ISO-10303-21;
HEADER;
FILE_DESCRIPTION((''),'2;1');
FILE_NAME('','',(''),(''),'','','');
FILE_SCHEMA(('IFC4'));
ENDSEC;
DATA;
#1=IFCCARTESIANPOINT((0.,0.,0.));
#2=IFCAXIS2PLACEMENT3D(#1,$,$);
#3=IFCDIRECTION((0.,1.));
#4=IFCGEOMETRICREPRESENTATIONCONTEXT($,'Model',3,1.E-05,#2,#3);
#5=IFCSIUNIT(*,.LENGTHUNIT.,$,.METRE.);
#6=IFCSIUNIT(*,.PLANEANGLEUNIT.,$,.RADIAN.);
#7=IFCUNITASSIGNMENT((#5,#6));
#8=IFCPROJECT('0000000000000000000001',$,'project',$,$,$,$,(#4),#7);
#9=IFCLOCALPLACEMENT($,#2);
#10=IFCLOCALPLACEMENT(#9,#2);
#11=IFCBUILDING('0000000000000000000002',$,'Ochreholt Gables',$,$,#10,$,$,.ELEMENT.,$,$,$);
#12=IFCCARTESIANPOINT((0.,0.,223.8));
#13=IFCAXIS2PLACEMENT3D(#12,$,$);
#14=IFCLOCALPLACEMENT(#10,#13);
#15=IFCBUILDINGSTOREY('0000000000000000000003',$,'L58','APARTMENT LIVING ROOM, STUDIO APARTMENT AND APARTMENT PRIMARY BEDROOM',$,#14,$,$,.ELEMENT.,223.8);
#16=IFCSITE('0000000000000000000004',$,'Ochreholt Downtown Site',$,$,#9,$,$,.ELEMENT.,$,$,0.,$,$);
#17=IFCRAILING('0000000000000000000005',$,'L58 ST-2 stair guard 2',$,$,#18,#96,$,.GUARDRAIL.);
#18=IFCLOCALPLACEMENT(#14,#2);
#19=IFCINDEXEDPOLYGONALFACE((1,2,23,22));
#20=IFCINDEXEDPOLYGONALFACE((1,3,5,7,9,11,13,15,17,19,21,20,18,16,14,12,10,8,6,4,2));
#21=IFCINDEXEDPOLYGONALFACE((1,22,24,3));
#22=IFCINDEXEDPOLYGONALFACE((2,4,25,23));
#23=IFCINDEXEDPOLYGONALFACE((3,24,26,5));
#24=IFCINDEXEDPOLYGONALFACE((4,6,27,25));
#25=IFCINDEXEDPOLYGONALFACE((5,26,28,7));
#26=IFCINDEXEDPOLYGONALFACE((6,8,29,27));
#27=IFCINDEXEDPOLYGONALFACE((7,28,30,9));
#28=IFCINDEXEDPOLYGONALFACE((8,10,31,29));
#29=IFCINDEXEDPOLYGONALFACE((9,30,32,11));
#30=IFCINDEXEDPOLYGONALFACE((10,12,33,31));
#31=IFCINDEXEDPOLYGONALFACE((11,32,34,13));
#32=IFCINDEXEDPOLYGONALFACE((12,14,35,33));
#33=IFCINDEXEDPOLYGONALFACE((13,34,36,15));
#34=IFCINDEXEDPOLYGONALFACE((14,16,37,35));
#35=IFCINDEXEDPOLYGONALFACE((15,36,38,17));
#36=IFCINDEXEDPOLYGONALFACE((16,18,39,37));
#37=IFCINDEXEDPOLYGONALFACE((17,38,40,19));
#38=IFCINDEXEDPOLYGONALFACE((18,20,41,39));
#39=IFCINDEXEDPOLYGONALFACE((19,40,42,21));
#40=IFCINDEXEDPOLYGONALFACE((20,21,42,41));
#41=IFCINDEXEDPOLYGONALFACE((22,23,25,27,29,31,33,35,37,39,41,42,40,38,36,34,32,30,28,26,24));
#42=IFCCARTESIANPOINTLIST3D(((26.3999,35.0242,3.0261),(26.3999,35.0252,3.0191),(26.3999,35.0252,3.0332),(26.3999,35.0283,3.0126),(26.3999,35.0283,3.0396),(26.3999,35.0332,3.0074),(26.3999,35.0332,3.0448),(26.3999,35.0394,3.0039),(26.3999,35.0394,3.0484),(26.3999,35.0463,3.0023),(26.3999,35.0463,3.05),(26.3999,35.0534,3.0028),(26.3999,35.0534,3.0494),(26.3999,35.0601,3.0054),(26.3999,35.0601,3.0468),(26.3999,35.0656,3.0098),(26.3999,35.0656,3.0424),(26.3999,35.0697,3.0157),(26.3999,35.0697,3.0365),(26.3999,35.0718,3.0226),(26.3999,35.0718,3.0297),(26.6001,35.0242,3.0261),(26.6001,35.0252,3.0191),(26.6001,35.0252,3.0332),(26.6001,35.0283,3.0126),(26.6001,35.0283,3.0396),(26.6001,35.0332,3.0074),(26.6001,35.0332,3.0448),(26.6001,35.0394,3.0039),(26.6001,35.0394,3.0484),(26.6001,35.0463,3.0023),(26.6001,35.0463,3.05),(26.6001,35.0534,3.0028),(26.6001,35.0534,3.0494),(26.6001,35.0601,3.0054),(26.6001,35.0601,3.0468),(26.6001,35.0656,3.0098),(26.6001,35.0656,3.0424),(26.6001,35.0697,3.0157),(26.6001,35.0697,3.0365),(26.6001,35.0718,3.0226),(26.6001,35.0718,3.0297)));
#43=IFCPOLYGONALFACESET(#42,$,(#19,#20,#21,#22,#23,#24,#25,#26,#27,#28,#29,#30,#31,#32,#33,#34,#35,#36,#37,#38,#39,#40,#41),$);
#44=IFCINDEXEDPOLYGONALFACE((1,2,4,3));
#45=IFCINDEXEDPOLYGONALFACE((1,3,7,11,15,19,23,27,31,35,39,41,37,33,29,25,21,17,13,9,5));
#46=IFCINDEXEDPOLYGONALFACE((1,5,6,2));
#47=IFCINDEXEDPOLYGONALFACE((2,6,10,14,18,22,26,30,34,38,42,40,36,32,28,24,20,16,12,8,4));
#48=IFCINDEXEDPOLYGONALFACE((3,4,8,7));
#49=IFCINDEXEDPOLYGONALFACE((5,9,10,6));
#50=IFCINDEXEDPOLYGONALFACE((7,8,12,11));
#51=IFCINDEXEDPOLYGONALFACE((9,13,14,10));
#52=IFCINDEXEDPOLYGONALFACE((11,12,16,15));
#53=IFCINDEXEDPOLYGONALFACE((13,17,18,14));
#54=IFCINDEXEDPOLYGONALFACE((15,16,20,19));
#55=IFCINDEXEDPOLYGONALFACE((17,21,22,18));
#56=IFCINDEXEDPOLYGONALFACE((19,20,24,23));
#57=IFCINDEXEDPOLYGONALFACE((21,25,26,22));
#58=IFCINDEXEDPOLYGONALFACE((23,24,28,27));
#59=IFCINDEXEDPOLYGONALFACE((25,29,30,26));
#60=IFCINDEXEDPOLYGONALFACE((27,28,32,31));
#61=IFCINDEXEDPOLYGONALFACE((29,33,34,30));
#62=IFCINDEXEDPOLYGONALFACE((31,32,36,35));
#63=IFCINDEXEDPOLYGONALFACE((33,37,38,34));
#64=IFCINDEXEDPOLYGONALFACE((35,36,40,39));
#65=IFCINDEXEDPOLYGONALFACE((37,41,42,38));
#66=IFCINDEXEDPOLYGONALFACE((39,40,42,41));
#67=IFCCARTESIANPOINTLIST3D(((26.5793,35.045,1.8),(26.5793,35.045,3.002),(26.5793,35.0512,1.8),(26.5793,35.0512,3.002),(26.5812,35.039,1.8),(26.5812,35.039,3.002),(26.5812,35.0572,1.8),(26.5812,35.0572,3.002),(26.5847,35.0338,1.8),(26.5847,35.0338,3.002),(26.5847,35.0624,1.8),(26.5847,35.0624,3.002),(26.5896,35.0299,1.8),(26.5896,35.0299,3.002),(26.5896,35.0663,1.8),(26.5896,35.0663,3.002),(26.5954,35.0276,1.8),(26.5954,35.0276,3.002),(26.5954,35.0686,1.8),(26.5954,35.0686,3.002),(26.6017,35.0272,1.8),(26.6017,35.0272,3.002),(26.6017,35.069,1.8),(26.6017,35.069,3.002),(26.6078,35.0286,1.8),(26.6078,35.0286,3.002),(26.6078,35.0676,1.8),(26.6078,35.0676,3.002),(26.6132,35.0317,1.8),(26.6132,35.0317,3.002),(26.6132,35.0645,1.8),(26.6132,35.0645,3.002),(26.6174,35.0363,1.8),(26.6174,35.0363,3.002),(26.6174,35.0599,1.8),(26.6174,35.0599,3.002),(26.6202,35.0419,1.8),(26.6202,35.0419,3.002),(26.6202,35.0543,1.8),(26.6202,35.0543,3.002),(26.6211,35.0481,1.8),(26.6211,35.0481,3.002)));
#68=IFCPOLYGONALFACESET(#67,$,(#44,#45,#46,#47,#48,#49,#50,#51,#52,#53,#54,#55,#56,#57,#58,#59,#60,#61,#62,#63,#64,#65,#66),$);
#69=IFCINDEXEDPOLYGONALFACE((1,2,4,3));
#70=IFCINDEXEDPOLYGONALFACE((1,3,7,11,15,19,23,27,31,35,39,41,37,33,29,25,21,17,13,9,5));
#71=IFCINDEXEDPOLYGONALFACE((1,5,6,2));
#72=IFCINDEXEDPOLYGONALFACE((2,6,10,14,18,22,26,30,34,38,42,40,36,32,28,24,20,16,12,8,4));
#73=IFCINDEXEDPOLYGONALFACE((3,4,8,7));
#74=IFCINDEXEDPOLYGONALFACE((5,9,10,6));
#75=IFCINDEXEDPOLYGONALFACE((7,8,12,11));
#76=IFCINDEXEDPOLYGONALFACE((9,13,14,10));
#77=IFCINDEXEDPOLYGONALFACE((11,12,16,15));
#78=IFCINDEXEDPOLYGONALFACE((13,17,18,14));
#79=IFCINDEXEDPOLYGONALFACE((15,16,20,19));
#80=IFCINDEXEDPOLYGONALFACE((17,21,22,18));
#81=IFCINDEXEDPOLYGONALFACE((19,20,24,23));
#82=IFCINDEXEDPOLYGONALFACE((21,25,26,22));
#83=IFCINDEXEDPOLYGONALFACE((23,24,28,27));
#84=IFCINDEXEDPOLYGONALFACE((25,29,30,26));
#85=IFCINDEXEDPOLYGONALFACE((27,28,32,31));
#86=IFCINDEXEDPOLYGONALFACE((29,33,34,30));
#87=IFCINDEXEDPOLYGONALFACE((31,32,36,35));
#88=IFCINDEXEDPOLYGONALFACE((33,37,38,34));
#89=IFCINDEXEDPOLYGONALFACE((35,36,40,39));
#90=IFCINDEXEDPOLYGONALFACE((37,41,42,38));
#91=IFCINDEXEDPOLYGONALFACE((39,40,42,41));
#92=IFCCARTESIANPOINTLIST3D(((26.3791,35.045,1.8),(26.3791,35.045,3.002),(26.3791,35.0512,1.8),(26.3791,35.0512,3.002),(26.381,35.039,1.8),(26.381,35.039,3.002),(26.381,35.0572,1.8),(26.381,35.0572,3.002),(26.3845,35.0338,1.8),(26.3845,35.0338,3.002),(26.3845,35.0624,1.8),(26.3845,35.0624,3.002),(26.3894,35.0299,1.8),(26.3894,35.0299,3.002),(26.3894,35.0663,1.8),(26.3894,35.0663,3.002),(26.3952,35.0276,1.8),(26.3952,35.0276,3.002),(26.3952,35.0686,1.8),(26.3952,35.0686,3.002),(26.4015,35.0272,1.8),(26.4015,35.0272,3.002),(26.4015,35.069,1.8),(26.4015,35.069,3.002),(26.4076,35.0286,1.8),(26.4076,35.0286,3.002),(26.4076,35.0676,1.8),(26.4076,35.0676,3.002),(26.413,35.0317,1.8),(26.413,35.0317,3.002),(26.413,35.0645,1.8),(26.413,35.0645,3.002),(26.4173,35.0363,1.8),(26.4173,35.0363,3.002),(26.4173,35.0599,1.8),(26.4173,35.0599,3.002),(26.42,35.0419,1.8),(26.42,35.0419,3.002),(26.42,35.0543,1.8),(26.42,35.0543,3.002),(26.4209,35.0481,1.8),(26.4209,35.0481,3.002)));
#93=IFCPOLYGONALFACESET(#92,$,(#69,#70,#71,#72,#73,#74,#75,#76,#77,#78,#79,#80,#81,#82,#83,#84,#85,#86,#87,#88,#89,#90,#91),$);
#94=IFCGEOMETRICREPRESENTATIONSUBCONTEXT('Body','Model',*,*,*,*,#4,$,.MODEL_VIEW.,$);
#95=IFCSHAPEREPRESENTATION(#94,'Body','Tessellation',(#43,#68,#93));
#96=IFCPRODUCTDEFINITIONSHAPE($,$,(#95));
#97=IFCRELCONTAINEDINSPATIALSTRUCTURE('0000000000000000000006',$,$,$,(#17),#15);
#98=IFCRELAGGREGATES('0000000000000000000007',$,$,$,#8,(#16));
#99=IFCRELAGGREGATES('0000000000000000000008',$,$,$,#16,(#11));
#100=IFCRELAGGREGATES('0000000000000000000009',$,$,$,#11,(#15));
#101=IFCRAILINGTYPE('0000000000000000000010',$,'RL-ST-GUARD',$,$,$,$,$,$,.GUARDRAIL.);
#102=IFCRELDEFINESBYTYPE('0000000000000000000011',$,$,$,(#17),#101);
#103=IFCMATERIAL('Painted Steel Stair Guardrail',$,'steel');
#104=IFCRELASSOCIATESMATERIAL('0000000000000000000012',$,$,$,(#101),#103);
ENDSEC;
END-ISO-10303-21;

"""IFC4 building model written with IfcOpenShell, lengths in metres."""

from ifc_helpers import new_model, si_unit, direction, frame, origin, origin_2d, place, context, subcontext, project, spatial, circle, extrude, material, type_object, element, save


model = new_model("IFC4")

# Units and contexts
model_context = context("Model", 3, precision=1e-05, world=origin(), true_north=direction((0.0, 1.0)))
body_context = subcontext(model_context, "Body", "Model", "MODEL_VIEW")
ifc_project = project(units=[si_unit("LENGTHUNIT", "METRE"), si_unit("PLANEANGLEUNIT", "RADIAN")], contexts=[model_context])

# Site, building, storey
site_placement = place(None, origin())
site = spatial("IfcSite", under=ifc_project, at=site_placement, Name="Ochreholt Downtown Site", CompositionType="ELEMENT", RefElevation=0.0)
building_placement = place(site_placement, origin())
building = spatial("IfcBuilding", under=site, at=building_placement, Name="Ochreholt Gables", CompositionType="ELEMENT")
storey_placement = place(building_placement, frame((0.0, 0.0, 223.8)))
storey = spatial("IfcBuildingStorey", under=building, at=storey_placement, Name="L58", Description="APARTMENT LIVING ROOM, STUDIO APARTMENT AND APARTMENT PRIMARY BEDROOM", CompositionType="ELEMENT", Elevation=223.8)

# Railing
ifc_material_1 = material(Name="Painted Steel Stair Guardrail", Category="steel")
railing_type_1 = type_object("IfcRailingType", Name="RL-ST-GUARD", PredefinedType="GUARDRAIL", material=ifc_material_1)
railing_1_placement = place(storey_placement, frame((26.6001, 35.0481, 1.8)))
element("IfcRailing", 1, at=railing_1_placement, inside=storey, type_object=railing_type_1, Name="L58 ST-2 stair guard 2", PredefinedType="GUARDRAIL", context=body_context, shape_type="SweptSolid", body=[
    extrude(circle(Radius=0.0239, at=origin_2d()), frame((0.0, 0.0, 1.2261), z_axis=(-1.0, 0.0, 0.0), x_axis=(0.0, -1.0, 0.0)), (0.0, 0.0, 1.0), 0.2002),
    extrude(circle(Radius=0.021, at=origin_2d()), origin(), (0.0, 0.0, 1.0), 1.2019),
    extrude(circle(Radius=0.021, at=origin_2d()), frame((-0.2002, 0.0, 0.0)), (0.0, 0.0, 1.0), 1.2019),
])

save(model, "model.ifc")
